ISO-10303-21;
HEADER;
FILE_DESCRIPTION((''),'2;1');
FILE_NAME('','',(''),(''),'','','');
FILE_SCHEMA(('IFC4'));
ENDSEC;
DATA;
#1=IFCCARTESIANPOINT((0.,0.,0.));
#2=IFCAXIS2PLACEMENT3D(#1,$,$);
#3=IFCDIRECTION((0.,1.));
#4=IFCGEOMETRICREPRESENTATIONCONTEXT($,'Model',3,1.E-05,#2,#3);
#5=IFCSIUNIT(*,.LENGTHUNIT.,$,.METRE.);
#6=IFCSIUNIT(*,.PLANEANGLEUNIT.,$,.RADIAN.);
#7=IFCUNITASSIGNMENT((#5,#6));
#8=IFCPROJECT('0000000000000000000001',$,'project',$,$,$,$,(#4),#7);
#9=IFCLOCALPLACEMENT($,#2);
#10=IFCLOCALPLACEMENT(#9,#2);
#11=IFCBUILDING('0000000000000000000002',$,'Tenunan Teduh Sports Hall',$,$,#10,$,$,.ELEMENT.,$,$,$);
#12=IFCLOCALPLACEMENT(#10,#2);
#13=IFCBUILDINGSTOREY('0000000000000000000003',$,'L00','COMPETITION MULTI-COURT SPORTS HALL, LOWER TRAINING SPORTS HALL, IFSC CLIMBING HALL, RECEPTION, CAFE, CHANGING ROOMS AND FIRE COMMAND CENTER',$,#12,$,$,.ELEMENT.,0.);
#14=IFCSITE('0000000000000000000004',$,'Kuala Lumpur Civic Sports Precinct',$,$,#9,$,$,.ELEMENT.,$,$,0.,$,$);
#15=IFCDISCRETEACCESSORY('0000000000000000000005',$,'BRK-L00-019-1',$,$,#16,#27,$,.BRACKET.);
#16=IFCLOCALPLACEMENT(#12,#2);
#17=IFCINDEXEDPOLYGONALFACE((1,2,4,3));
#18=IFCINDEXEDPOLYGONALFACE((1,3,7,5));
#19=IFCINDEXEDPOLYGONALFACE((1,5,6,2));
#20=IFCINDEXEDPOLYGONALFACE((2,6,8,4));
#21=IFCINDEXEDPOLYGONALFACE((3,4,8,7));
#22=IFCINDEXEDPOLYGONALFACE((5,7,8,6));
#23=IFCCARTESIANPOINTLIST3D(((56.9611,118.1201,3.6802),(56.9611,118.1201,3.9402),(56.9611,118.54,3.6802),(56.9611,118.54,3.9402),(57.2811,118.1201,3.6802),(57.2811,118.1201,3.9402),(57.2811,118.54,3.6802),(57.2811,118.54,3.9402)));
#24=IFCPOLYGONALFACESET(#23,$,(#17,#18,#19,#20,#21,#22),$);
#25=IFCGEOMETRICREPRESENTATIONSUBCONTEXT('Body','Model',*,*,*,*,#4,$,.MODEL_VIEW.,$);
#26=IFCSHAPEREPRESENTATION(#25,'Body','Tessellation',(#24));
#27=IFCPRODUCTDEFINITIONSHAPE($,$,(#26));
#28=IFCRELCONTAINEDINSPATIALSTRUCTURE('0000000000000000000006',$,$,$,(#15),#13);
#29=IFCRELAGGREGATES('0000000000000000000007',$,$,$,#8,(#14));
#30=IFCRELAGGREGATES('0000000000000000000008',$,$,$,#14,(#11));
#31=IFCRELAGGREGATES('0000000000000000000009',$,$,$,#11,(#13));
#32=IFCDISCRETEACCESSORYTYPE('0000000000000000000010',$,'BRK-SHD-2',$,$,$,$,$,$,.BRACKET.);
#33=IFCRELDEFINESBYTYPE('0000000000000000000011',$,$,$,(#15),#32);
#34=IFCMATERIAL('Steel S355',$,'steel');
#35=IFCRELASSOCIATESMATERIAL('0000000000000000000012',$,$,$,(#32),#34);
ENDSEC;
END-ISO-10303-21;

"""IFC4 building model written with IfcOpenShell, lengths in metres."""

from ifc_helpers import new_model, si_unit, direction, frame, origin, origin_2d, place, context, subcontext, project, spatial, rectangle, extrude, material, type_object, element, save


model = new_model("IFC4")

# Units and contexts
model_context = context("Model", 3, precision=1e-05, world=origin(), true_north=direction((0.0, 1.0)))
body_context = subcontext(model_context, "Body", "Model", "MODEL_VIEW")
ifc_project = project(units=[si_unit("LENGTHUNIT", "METRE"), si_unit("PLANEANGLEUNIT", "RADIAN")], contexts=[model_context])

# Site, building, storey
site_placement = place(None, origin())
site = spatial("IfcSite", under=ifc_project, at=site_placement, Name="Kuala Lumpur Civic Sports Precinct", CompositionType="ELEMENT", RefElevation=0.0)
building_placement = place(site_placement, origin())
building = spatial("IfcBuilding", under=site, at=building_placement, Name="Tenunan Teduh Sports Hall", CompositionType="ELEMENT")
storey_placement = place(building_placement, origin())
storey = spatial("IfcBuildingStorey", under=building, at=storey_placement, Name="L00", Description="COMPETITION MULTI-COURT SPORTS HALL, LOWER TRAINING SPORTS HALL, IFSC CLIMBING HALL, RECEPTION, CAFE, CHANGING ROOMS AND FIRE COMMAND CENTER", CompositionType="ELEMENT", Elevation=0.0)

# Discrete accessory
ifc_material_1 = material(Name="Steel S355", Category="steel")
discrete_accessory_type_1 = type_object("IfcDiscreteAccessoryType", Name="BRK-SHD-2", PredefinedType="BRACKET", material=ifc_material_1)
discrete_accessory_placement = place(storey_placement, frame((57.1211, 118.3301, 3.6802), z_axis=(0.0, 0.0, 1.0), x_axis=(1.0, 0.0, 0.0)))
element("IfcDiscreteAccessory", 1, at=discrete_accessory_placement, inside=storey, type_object=discrete_accessory_type_1, Name="BRK-L00-019-1", PredefinedType="BRACKET", context=body_context, shape_type="SweptSolid", body=[
    extrude(rectangle(XDim=0.3201, YDim=0.4199, at=origin_2d()), origin(), (0.0, 0.0, 1.0), 0.26),
])

save(model, "model.ifc")
